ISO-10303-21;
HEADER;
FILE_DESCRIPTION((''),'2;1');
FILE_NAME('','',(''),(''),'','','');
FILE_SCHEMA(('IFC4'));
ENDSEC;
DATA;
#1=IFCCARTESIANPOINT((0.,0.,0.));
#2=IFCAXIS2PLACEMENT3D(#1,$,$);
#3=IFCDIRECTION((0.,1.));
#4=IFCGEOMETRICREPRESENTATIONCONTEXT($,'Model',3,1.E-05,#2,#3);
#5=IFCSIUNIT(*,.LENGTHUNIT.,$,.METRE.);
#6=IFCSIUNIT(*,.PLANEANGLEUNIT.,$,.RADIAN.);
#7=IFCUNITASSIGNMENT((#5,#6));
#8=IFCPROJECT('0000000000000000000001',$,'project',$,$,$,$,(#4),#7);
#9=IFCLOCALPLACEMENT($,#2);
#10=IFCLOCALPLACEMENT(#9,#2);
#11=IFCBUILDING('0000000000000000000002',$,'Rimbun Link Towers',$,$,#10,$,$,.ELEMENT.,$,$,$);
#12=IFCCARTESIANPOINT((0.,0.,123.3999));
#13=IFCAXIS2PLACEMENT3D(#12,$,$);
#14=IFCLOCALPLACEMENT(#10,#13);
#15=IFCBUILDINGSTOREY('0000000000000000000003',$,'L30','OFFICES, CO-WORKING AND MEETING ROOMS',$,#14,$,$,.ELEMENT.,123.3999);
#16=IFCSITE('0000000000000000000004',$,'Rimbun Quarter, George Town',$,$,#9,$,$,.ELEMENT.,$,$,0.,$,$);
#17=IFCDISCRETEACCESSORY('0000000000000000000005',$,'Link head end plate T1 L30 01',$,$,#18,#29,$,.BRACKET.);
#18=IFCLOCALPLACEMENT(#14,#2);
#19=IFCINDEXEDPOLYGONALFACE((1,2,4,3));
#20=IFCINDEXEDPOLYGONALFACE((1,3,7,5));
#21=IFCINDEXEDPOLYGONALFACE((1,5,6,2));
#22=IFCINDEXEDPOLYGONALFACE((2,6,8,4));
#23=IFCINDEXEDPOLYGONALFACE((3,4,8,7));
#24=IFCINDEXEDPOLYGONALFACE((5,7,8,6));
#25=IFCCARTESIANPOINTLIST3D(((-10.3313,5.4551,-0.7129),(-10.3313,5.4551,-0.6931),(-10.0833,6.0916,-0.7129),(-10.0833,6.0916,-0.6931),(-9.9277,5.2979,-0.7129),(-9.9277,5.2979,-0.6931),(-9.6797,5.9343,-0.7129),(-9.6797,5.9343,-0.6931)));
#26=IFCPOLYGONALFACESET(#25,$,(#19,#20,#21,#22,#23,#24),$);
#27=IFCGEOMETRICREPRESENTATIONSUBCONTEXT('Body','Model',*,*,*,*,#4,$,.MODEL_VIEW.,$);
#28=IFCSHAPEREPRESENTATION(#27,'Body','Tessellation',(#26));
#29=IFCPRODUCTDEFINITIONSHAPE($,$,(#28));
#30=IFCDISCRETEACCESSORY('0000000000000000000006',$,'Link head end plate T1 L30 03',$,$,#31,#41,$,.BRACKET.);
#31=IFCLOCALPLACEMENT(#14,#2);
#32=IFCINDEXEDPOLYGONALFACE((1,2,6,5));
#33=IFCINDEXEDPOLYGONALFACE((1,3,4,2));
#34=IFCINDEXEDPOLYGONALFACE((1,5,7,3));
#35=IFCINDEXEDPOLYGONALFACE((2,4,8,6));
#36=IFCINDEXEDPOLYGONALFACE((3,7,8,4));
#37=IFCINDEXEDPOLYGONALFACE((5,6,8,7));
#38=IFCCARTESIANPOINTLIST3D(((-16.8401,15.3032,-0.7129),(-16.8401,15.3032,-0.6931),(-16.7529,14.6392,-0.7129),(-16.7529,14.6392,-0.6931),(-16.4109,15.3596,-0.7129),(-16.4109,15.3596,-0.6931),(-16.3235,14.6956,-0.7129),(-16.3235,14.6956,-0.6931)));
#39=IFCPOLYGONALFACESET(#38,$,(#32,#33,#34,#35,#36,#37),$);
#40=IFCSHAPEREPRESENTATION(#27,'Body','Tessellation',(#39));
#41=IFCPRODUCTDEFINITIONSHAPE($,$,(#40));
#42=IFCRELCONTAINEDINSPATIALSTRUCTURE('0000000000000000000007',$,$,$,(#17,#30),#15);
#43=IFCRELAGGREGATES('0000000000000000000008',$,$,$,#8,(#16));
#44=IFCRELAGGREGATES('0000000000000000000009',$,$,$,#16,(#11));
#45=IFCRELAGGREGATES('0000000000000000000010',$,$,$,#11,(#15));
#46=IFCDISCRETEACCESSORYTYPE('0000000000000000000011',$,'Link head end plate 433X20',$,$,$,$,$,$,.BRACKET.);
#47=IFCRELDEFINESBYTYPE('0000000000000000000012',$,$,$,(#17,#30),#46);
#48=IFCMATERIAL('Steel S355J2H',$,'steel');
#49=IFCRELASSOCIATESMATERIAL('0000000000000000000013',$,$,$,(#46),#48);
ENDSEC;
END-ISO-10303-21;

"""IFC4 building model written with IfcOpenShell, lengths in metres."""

from ifc_helpers import new_model, si_unit, direction, frame, origin, origin_2d, place, context, subcontext, project, spatial, polyline, rectangle, outline, extrude, material, material_profile, profile_set, type_object, element, save


model = new_model("IFC4")

# Units and contexts
model_context = context("Model", 3, precision=1e-05, world=origin(), true_north=direction((0.0, 1.0)))
body_context = subcontext(model_context, "Body", "Model", "MODEL_VIEW")
ifc_project = project(units=[si_unit("LENGTHUNIT", "METRE"), si_unit("PLANEANGLEUNIT", "RADIAN")], contexts=[model_context])

# Site, building, storey
site_placement = place(None, origin())
site = spatial("IfcSite", under=ifc_project, at=site_placement, Name="Rimbun Quarter, George Town", CompositionType="ELEMENT", RefElevation=0.0)
building_placement = place(site_placement, origin())
building = spatial("IfcBuilding", under=site, at=building_placement, Name="Rimbun Link Towers", CompositionType="ELEMENT")
storey_placement = place(building_placement, frame((0.0, 0.0, 123.3999)))
storey = spatial("IfcBuildingStorey", under=building, at=storey_placement, Name="L30", Description="OFFICES, CO-WORKING AND MEETING ROOMS", CompositionType="ELEMENT", Elevation=123.3999)

# Discrete accessories
ifc_material_1 = material(Name="Steel S355J2H", Category="steel")
ifc_material_profile_1 = material_profile(ifc_material_1, rectangle(XDim=0.4331, YDim=0.4331, at=origin_2d()), Name="PL 433x433")
ifc_profile_set_1 = profile_set([ifc_material_profile_1], Name="Steel S355J2H")
discrete_accessory_type_1 = type_object("IfcDiscreteAccessoryType", Name="Link head end plate 433X20", PredefinedType="BRACKET", material=ifc_profile_set_1)
discrete_accessory_1_placement = place(storey_placement, frame((0.0, 0.0, -0.7129)))
element("IfcDiscreteAccessory", 1, at=discrete_accessory_1_placement, inside=storey, type_object=discrete_accessory_type_1, Name="Link head end plate T1 L30 01", PredefinedType="BRACKET", context=body_context, shape_type="SweptSolid", body=[
    extrude(outline(polyline([(-9.9277, 5.2979), (-9.6797, 5.9343), (-10.0833, 6.0916), (-10.3313, 5.4551), (-9.9277, 5.2979)])), origin(), (0.0, 0.0, 1.0), 0.0198),
])
discrete_accessory_2_placement = place(storey_placement, frame((0.0, 0.0, -0.7129)))
element("IfcDiscreteAccessory", 2, at=discrete_accessory_2_placement, inside=storey, type_object=discrete_accessory_type_1, Name="Link head end plate T1 L30 03", PredefinedType="BRACKET", context=body_context, shape_type="SweptSolid", body=[
    extrude(outline(polyline([(-16.3235, 14.6956), (-16.4109, 15.3596), (-16.8401, 15.3032), (-16.7529, 14.6392), (-16.3235, 14.6956)])), origin(), (0.0, 0.0, 1.0), 0.0198),
])

save(model, "model.ifc")
